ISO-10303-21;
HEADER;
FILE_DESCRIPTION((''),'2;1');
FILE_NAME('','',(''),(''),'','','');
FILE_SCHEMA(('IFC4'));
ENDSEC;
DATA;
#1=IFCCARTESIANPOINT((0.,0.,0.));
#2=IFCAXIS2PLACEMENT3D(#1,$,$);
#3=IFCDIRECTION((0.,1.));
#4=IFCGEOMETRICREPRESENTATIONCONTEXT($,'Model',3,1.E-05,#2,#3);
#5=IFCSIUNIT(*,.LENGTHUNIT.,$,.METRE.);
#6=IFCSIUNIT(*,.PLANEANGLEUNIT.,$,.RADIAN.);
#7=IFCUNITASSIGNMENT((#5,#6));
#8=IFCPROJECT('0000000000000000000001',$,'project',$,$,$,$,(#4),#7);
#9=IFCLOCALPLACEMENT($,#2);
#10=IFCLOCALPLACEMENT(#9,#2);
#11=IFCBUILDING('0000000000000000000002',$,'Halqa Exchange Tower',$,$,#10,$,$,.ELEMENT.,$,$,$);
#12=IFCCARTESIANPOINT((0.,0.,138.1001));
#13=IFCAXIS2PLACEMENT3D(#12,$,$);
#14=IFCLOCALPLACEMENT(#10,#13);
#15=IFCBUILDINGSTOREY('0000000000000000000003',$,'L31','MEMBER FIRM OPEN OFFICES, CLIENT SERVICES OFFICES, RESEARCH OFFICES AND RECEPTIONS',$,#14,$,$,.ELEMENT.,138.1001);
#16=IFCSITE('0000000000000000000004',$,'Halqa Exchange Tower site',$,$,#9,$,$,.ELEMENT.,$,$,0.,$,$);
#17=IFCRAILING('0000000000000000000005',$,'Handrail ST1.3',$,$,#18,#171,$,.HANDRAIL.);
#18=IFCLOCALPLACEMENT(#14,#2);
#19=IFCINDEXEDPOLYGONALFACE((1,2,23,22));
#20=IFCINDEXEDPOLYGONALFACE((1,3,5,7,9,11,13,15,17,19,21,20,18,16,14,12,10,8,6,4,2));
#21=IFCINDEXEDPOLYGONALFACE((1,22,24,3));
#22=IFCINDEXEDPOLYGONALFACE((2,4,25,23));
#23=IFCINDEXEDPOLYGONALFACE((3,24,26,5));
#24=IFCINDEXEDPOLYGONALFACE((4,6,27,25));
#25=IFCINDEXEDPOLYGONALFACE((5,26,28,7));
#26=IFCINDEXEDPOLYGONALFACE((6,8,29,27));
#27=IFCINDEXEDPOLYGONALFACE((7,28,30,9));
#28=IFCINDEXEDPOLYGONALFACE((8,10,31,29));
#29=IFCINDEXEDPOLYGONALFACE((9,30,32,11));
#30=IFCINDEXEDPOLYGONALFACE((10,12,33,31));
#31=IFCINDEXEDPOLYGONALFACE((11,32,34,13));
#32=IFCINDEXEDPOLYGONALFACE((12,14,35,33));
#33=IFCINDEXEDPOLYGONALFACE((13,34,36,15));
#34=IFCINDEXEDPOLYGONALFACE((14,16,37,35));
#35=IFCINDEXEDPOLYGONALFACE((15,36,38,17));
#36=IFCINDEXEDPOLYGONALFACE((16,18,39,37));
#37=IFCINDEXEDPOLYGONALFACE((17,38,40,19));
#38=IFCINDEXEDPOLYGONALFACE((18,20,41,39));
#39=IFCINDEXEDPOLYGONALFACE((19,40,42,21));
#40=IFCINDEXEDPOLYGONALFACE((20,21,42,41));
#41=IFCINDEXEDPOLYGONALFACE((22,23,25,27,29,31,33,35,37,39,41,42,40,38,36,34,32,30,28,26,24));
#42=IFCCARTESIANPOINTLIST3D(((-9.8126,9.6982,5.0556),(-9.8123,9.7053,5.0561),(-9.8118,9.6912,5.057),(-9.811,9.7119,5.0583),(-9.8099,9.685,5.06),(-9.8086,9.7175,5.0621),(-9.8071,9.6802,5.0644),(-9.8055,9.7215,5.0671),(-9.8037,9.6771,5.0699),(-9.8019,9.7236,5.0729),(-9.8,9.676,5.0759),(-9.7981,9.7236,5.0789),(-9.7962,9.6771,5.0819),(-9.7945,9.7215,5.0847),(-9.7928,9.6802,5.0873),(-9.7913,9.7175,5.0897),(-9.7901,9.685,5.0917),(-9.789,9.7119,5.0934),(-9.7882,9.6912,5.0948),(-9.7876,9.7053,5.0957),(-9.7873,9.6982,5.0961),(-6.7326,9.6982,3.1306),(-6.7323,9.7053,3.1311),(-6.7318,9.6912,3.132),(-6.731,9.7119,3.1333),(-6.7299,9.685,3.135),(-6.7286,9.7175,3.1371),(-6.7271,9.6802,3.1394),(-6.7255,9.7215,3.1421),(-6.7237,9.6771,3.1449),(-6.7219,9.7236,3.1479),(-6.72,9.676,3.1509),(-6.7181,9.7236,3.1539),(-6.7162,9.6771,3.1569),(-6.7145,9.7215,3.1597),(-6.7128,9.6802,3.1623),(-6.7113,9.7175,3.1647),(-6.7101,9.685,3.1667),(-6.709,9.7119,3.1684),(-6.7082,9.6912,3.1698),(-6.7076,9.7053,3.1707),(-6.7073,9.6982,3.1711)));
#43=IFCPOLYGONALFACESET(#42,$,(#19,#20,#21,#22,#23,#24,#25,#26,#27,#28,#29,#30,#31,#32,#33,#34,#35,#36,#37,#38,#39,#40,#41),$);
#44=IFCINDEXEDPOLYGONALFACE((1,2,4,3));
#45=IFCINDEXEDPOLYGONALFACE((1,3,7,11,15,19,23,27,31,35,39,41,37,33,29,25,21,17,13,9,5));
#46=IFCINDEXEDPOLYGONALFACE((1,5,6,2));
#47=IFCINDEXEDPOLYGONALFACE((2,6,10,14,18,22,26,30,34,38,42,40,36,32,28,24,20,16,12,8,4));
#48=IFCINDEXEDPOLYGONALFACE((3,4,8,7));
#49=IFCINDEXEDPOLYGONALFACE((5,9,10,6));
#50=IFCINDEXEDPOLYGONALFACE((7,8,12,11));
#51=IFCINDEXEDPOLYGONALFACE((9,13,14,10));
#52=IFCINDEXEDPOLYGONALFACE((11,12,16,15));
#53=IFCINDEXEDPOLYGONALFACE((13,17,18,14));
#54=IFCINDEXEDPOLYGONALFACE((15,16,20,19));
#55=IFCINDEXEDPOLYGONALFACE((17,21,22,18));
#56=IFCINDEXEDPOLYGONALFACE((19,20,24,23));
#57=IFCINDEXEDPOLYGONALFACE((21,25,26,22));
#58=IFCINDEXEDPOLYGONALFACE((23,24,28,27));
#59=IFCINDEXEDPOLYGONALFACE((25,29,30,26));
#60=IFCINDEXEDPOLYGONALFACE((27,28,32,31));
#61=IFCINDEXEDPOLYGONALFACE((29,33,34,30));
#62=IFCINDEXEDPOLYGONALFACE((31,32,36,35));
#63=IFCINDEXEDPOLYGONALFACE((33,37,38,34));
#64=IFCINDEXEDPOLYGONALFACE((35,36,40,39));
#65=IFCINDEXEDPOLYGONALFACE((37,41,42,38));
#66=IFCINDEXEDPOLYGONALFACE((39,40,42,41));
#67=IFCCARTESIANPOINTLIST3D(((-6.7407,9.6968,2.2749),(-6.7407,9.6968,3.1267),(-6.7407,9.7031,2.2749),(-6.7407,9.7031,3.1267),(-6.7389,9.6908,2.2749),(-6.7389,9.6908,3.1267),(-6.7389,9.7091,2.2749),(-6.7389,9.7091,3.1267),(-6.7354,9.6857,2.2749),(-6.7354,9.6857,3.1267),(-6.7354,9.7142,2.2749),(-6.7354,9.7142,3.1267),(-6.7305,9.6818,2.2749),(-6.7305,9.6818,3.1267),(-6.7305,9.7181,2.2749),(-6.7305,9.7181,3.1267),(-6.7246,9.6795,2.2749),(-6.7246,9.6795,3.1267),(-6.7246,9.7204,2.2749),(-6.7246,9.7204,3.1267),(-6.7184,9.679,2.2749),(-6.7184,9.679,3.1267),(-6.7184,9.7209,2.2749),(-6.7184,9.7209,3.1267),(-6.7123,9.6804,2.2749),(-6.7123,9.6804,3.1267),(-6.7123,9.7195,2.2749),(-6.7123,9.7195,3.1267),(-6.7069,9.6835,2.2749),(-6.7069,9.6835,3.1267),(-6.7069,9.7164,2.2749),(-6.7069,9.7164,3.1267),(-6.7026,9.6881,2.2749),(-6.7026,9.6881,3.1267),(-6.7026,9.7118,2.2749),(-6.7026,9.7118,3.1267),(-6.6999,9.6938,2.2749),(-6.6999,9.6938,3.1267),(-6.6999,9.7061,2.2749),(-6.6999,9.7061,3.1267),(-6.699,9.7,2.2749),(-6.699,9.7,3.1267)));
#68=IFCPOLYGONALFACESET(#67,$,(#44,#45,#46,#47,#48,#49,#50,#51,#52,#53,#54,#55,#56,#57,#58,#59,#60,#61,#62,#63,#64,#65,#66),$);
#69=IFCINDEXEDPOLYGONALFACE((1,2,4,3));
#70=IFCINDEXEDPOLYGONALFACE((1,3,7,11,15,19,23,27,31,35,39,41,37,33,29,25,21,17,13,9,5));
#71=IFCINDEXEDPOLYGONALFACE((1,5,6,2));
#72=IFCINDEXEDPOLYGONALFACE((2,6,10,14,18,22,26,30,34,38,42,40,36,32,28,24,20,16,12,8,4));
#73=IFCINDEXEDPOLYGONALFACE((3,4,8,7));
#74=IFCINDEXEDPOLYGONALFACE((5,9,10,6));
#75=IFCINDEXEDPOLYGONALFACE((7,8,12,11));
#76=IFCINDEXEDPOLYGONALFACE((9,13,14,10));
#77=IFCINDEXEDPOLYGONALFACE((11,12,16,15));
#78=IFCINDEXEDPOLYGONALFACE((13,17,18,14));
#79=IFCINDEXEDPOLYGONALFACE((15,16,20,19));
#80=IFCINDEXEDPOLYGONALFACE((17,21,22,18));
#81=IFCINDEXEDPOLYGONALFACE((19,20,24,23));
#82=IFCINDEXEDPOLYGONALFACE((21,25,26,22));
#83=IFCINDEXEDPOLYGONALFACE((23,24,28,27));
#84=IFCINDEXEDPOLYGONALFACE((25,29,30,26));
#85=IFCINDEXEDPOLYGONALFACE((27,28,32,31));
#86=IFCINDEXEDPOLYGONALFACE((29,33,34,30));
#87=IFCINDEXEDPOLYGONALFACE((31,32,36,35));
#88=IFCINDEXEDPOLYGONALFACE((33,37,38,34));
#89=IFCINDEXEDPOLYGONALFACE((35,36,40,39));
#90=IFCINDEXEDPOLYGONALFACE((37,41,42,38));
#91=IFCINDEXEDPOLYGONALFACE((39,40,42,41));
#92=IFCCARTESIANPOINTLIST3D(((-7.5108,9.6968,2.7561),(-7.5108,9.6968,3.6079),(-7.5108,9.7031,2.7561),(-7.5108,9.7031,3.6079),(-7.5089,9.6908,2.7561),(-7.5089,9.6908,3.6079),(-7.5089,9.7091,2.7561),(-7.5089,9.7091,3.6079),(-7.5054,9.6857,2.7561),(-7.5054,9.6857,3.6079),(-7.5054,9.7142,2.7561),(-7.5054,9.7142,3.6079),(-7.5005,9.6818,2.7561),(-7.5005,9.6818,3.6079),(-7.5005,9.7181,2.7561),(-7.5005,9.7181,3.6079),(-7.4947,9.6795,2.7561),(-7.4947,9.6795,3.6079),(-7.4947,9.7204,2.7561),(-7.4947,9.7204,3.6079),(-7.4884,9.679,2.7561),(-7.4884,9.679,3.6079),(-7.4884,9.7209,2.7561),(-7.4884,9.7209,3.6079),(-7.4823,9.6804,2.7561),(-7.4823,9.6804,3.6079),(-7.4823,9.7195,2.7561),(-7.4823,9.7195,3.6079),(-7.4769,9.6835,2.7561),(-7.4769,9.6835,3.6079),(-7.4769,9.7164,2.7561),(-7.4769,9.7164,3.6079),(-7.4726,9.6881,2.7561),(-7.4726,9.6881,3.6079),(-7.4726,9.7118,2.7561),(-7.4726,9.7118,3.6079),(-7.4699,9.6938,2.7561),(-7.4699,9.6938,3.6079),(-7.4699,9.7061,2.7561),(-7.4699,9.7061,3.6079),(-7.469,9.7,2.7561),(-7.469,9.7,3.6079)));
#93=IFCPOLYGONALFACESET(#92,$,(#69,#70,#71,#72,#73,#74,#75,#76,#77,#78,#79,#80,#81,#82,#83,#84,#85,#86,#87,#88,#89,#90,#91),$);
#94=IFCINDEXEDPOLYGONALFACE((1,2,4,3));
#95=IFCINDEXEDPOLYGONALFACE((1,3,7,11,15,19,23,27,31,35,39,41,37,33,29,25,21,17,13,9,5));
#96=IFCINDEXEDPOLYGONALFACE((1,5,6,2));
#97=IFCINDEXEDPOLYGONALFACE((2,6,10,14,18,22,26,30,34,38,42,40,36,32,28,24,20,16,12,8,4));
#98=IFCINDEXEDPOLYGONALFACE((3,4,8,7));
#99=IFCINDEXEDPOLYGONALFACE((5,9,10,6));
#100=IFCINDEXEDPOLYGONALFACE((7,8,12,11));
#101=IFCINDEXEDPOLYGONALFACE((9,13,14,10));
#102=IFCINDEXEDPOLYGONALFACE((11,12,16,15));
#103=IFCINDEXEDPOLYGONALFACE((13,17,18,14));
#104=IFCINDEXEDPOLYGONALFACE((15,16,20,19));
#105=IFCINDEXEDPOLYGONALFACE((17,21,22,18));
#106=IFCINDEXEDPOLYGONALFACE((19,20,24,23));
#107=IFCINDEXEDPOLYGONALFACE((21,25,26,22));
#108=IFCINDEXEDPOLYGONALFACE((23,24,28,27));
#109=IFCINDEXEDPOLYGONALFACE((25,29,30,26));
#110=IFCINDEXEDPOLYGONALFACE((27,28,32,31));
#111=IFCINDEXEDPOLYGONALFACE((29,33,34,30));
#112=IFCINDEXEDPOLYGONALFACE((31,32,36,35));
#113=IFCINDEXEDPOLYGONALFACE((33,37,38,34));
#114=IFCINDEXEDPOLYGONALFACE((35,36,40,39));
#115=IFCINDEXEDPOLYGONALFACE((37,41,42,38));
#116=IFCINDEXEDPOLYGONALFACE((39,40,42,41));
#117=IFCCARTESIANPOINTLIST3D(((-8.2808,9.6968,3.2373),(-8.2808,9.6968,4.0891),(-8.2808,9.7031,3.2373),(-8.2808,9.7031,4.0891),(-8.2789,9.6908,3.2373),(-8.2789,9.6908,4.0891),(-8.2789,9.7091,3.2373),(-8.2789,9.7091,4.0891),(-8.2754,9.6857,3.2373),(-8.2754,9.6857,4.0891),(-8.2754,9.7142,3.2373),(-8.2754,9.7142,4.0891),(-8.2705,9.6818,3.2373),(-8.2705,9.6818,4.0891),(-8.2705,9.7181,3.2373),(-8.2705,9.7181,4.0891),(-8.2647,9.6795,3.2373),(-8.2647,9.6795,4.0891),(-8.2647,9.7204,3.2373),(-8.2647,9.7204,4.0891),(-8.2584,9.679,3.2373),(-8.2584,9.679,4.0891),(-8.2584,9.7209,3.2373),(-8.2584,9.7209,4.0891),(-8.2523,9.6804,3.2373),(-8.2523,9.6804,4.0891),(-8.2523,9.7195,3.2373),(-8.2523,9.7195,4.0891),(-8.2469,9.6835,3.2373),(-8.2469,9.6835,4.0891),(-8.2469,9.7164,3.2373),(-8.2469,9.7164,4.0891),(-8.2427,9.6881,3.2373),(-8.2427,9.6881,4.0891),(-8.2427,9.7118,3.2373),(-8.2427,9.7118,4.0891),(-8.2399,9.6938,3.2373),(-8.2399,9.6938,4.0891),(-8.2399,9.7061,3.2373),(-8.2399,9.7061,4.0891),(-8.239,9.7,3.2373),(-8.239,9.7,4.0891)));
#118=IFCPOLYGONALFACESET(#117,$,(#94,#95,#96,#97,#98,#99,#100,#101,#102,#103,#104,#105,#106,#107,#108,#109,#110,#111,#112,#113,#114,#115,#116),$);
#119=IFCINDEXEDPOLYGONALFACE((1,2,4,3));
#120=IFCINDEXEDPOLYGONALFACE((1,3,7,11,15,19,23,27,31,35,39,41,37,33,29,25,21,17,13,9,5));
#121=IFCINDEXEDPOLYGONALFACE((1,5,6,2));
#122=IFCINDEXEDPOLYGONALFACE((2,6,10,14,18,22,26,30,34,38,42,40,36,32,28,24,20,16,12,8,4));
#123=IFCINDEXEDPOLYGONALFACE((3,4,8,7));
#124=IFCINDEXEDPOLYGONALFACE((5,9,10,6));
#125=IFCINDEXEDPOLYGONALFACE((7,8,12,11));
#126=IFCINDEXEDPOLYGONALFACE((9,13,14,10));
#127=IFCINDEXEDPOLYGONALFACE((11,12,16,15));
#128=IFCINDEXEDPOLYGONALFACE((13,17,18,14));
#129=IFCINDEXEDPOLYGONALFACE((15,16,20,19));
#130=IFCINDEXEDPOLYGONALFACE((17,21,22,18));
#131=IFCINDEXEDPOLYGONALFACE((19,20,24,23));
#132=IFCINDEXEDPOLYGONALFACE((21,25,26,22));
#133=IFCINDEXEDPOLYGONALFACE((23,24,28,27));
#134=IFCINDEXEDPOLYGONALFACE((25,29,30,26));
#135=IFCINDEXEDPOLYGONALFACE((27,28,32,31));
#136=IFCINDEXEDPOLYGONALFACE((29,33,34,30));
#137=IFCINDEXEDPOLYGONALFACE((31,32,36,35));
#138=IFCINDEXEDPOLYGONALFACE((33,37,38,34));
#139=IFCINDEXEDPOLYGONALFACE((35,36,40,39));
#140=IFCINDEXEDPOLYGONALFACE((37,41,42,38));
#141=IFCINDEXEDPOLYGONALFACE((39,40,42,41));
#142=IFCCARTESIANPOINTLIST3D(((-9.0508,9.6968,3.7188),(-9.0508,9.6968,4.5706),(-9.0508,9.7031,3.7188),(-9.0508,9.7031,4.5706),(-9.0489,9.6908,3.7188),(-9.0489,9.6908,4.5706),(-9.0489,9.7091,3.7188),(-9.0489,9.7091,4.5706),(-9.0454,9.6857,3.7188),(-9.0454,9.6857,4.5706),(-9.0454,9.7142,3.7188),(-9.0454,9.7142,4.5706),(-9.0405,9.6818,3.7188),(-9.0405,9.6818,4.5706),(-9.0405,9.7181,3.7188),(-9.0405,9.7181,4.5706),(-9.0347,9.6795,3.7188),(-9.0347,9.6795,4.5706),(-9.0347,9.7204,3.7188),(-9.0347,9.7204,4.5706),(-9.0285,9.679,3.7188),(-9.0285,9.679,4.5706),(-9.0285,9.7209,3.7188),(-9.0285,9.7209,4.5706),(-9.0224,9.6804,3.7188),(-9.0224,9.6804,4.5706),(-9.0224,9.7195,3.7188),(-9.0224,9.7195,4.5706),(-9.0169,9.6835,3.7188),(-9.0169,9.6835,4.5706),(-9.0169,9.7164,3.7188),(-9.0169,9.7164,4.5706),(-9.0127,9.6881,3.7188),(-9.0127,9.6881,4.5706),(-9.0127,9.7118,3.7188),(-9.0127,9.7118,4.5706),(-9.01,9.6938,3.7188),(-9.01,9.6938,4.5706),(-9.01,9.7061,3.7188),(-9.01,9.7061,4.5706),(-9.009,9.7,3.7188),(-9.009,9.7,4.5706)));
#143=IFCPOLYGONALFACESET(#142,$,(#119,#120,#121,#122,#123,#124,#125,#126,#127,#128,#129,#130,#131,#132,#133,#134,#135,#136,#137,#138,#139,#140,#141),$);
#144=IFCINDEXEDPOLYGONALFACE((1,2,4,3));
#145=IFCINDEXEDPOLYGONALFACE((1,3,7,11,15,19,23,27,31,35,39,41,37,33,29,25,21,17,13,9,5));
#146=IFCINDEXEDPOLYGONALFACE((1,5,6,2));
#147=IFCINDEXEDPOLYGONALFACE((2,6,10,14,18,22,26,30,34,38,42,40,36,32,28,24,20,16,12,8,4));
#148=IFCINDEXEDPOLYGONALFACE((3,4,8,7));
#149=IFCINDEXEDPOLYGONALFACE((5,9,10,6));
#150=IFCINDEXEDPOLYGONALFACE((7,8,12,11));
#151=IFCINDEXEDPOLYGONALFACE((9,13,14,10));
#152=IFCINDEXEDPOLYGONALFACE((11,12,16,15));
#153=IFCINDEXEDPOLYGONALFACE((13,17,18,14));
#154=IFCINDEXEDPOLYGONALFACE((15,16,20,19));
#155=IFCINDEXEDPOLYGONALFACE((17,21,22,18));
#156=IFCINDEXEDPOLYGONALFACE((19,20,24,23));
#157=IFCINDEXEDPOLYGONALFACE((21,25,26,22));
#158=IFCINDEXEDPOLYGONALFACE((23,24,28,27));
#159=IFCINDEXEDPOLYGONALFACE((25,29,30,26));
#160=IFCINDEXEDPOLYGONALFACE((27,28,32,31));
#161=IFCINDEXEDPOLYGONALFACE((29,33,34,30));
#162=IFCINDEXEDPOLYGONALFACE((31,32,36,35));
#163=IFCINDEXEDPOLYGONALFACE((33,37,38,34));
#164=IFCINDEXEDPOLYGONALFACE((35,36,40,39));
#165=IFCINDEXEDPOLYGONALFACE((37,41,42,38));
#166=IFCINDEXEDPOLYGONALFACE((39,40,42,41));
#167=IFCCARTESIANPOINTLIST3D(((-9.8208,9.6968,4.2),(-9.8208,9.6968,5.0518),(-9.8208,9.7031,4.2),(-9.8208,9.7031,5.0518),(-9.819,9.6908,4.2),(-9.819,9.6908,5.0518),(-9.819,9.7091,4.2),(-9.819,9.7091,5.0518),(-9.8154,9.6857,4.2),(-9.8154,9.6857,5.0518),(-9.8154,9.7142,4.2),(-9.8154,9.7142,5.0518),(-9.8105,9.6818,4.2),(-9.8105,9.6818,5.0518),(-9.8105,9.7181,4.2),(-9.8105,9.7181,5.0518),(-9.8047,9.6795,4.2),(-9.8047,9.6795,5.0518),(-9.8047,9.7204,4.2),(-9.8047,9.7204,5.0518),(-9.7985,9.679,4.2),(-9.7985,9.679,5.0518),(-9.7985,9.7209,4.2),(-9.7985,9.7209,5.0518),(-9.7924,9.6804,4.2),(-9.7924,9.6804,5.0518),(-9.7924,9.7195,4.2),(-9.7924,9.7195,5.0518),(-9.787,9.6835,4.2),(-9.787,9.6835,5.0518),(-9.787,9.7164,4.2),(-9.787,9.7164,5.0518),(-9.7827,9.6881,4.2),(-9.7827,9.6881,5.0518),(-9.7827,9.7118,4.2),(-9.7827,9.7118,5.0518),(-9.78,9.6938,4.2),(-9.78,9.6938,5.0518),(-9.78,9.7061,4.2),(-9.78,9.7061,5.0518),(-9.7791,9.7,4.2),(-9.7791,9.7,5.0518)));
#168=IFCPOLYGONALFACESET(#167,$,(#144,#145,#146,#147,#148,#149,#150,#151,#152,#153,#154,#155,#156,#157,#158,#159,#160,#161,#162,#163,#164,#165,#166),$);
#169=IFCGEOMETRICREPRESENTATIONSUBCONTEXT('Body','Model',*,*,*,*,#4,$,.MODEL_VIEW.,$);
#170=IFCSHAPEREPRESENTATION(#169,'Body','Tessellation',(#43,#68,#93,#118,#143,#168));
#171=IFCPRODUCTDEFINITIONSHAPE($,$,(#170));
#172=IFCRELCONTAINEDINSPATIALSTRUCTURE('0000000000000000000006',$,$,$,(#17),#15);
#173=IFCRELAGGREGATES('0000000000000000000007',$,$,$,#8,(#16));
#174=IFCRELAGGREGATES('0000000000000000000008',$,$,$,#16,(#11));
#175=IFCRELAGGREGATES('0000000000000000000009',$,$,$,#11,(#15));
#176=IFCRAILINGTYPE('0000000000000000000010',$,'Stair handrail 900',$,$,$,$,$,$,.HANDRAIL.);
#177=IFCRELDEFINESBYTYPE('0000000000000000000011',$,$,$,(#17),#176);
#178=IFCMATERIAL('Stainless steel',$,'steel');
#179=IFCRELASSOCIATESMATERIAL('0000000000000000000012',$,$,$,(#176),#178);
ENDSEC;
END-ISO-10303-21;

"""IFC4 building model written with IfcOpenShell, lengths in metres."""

from ifc_helpers import new_model, si_unit, direction, frame, origin, origin_2d, place, context, subcontext, project, spatial, circle, extrude, material, type_object, element, save


model = new_model("IFC4")

# Units and contexts
model_context = context("Model", 3, precision=1e-05, world=origin(), true_north=direction((0.0, 1.0)))
body_context = subcontext(model_context, "Body", "Model", "MODEL_VIEW")
ifc_project = project(units=[si_unit("LENGTHUNIT", "METRE"), si_unit("PLANEANGLEUNIT", "RADIAN")], contexts=[model_context])

# Site, building, storey
site_placement = place(None, origin())
site = spatial("IfcSite", under=ifc_project, at=site_placement, Name="Halqa Exchange Tower site", CompositionType="ELEMENT", RefElevation=0.0)
building_placement = place(site_placement, origin())
building = spatial("IfcBuilding", under=site, at=building_placement, Name="Halqa Exchange Tower", CompositionType="ELEMENT")
storey_placement = place(building_placement, frame((0.0, 0.0, 138.1001)))
storey = spatial("IfcBuildingStorey", under=building, at=storey_placement, Name="L31", Description="MEMBER FIRM OPEN OFFICES, CLIENT SERVICES OFFICES, RESEARCH OFFICES AND RECEPTIONS", CompositionType="ELEMENT", Elevation=138.1001)

# Railing
ifc_material_1 = material(Name="Stainless steel", Category="steel")
railing_type_1 = type_object("IfcRailingType", Name="Stair handrail 900", PredefinedType="HANDRAIL", material=ifc_material_1)
railing_1_placement = place(storey_placement, frame((-6.72, 9.7, 2.2749)))
element("IfcRailing", 1, at=railing_1_placement, inside=storey, type_object=railing_type_1, Name="Handrail ST1.3", PredefinedType="HANDRAIL", context=body_context, shape_type="SweptSolid", body=[
    extrude(circle(Radius=0.0239, at=origin_2d()), frame((0.0, 0.0, 0.876), z_axis=(-0.847998, 0.0, 0.529999), x_axis=(0.0, -1.0, 0.0)), (0.0, 0.0, 1.0), 3.6321),
    extrude(circle(Radius=0.021, at=origin_2d()), origin(), (0.0, 0.0, 1.0), 0.8518),
    extrude(circle(Radius=0.021, at=origin_2d()), frame((-0.77, 0.0, 0.4812)), (0.0, 0.0, 1.0), 0.8518),
    extrude(circle(Radius=0.021, at=origin_2d()), frame((-1.54, 0.0, 0.9624)), (0.0, 0.0, 1.0), 0.8518),
    extrude(circle(Radius=0.021, at=origin_2d()), frame((-2.3101, 0.0, 1.4438)), (0.0, 0.0, 1.0), 0.8518),
    extrude(circle(Radius=0.021, at=origin_2d()), frame((-3.0801, 0.0, 1.925)), (0.0, 0.0, 1.0), 0.8518),
])

save(model, "model.ifc")
